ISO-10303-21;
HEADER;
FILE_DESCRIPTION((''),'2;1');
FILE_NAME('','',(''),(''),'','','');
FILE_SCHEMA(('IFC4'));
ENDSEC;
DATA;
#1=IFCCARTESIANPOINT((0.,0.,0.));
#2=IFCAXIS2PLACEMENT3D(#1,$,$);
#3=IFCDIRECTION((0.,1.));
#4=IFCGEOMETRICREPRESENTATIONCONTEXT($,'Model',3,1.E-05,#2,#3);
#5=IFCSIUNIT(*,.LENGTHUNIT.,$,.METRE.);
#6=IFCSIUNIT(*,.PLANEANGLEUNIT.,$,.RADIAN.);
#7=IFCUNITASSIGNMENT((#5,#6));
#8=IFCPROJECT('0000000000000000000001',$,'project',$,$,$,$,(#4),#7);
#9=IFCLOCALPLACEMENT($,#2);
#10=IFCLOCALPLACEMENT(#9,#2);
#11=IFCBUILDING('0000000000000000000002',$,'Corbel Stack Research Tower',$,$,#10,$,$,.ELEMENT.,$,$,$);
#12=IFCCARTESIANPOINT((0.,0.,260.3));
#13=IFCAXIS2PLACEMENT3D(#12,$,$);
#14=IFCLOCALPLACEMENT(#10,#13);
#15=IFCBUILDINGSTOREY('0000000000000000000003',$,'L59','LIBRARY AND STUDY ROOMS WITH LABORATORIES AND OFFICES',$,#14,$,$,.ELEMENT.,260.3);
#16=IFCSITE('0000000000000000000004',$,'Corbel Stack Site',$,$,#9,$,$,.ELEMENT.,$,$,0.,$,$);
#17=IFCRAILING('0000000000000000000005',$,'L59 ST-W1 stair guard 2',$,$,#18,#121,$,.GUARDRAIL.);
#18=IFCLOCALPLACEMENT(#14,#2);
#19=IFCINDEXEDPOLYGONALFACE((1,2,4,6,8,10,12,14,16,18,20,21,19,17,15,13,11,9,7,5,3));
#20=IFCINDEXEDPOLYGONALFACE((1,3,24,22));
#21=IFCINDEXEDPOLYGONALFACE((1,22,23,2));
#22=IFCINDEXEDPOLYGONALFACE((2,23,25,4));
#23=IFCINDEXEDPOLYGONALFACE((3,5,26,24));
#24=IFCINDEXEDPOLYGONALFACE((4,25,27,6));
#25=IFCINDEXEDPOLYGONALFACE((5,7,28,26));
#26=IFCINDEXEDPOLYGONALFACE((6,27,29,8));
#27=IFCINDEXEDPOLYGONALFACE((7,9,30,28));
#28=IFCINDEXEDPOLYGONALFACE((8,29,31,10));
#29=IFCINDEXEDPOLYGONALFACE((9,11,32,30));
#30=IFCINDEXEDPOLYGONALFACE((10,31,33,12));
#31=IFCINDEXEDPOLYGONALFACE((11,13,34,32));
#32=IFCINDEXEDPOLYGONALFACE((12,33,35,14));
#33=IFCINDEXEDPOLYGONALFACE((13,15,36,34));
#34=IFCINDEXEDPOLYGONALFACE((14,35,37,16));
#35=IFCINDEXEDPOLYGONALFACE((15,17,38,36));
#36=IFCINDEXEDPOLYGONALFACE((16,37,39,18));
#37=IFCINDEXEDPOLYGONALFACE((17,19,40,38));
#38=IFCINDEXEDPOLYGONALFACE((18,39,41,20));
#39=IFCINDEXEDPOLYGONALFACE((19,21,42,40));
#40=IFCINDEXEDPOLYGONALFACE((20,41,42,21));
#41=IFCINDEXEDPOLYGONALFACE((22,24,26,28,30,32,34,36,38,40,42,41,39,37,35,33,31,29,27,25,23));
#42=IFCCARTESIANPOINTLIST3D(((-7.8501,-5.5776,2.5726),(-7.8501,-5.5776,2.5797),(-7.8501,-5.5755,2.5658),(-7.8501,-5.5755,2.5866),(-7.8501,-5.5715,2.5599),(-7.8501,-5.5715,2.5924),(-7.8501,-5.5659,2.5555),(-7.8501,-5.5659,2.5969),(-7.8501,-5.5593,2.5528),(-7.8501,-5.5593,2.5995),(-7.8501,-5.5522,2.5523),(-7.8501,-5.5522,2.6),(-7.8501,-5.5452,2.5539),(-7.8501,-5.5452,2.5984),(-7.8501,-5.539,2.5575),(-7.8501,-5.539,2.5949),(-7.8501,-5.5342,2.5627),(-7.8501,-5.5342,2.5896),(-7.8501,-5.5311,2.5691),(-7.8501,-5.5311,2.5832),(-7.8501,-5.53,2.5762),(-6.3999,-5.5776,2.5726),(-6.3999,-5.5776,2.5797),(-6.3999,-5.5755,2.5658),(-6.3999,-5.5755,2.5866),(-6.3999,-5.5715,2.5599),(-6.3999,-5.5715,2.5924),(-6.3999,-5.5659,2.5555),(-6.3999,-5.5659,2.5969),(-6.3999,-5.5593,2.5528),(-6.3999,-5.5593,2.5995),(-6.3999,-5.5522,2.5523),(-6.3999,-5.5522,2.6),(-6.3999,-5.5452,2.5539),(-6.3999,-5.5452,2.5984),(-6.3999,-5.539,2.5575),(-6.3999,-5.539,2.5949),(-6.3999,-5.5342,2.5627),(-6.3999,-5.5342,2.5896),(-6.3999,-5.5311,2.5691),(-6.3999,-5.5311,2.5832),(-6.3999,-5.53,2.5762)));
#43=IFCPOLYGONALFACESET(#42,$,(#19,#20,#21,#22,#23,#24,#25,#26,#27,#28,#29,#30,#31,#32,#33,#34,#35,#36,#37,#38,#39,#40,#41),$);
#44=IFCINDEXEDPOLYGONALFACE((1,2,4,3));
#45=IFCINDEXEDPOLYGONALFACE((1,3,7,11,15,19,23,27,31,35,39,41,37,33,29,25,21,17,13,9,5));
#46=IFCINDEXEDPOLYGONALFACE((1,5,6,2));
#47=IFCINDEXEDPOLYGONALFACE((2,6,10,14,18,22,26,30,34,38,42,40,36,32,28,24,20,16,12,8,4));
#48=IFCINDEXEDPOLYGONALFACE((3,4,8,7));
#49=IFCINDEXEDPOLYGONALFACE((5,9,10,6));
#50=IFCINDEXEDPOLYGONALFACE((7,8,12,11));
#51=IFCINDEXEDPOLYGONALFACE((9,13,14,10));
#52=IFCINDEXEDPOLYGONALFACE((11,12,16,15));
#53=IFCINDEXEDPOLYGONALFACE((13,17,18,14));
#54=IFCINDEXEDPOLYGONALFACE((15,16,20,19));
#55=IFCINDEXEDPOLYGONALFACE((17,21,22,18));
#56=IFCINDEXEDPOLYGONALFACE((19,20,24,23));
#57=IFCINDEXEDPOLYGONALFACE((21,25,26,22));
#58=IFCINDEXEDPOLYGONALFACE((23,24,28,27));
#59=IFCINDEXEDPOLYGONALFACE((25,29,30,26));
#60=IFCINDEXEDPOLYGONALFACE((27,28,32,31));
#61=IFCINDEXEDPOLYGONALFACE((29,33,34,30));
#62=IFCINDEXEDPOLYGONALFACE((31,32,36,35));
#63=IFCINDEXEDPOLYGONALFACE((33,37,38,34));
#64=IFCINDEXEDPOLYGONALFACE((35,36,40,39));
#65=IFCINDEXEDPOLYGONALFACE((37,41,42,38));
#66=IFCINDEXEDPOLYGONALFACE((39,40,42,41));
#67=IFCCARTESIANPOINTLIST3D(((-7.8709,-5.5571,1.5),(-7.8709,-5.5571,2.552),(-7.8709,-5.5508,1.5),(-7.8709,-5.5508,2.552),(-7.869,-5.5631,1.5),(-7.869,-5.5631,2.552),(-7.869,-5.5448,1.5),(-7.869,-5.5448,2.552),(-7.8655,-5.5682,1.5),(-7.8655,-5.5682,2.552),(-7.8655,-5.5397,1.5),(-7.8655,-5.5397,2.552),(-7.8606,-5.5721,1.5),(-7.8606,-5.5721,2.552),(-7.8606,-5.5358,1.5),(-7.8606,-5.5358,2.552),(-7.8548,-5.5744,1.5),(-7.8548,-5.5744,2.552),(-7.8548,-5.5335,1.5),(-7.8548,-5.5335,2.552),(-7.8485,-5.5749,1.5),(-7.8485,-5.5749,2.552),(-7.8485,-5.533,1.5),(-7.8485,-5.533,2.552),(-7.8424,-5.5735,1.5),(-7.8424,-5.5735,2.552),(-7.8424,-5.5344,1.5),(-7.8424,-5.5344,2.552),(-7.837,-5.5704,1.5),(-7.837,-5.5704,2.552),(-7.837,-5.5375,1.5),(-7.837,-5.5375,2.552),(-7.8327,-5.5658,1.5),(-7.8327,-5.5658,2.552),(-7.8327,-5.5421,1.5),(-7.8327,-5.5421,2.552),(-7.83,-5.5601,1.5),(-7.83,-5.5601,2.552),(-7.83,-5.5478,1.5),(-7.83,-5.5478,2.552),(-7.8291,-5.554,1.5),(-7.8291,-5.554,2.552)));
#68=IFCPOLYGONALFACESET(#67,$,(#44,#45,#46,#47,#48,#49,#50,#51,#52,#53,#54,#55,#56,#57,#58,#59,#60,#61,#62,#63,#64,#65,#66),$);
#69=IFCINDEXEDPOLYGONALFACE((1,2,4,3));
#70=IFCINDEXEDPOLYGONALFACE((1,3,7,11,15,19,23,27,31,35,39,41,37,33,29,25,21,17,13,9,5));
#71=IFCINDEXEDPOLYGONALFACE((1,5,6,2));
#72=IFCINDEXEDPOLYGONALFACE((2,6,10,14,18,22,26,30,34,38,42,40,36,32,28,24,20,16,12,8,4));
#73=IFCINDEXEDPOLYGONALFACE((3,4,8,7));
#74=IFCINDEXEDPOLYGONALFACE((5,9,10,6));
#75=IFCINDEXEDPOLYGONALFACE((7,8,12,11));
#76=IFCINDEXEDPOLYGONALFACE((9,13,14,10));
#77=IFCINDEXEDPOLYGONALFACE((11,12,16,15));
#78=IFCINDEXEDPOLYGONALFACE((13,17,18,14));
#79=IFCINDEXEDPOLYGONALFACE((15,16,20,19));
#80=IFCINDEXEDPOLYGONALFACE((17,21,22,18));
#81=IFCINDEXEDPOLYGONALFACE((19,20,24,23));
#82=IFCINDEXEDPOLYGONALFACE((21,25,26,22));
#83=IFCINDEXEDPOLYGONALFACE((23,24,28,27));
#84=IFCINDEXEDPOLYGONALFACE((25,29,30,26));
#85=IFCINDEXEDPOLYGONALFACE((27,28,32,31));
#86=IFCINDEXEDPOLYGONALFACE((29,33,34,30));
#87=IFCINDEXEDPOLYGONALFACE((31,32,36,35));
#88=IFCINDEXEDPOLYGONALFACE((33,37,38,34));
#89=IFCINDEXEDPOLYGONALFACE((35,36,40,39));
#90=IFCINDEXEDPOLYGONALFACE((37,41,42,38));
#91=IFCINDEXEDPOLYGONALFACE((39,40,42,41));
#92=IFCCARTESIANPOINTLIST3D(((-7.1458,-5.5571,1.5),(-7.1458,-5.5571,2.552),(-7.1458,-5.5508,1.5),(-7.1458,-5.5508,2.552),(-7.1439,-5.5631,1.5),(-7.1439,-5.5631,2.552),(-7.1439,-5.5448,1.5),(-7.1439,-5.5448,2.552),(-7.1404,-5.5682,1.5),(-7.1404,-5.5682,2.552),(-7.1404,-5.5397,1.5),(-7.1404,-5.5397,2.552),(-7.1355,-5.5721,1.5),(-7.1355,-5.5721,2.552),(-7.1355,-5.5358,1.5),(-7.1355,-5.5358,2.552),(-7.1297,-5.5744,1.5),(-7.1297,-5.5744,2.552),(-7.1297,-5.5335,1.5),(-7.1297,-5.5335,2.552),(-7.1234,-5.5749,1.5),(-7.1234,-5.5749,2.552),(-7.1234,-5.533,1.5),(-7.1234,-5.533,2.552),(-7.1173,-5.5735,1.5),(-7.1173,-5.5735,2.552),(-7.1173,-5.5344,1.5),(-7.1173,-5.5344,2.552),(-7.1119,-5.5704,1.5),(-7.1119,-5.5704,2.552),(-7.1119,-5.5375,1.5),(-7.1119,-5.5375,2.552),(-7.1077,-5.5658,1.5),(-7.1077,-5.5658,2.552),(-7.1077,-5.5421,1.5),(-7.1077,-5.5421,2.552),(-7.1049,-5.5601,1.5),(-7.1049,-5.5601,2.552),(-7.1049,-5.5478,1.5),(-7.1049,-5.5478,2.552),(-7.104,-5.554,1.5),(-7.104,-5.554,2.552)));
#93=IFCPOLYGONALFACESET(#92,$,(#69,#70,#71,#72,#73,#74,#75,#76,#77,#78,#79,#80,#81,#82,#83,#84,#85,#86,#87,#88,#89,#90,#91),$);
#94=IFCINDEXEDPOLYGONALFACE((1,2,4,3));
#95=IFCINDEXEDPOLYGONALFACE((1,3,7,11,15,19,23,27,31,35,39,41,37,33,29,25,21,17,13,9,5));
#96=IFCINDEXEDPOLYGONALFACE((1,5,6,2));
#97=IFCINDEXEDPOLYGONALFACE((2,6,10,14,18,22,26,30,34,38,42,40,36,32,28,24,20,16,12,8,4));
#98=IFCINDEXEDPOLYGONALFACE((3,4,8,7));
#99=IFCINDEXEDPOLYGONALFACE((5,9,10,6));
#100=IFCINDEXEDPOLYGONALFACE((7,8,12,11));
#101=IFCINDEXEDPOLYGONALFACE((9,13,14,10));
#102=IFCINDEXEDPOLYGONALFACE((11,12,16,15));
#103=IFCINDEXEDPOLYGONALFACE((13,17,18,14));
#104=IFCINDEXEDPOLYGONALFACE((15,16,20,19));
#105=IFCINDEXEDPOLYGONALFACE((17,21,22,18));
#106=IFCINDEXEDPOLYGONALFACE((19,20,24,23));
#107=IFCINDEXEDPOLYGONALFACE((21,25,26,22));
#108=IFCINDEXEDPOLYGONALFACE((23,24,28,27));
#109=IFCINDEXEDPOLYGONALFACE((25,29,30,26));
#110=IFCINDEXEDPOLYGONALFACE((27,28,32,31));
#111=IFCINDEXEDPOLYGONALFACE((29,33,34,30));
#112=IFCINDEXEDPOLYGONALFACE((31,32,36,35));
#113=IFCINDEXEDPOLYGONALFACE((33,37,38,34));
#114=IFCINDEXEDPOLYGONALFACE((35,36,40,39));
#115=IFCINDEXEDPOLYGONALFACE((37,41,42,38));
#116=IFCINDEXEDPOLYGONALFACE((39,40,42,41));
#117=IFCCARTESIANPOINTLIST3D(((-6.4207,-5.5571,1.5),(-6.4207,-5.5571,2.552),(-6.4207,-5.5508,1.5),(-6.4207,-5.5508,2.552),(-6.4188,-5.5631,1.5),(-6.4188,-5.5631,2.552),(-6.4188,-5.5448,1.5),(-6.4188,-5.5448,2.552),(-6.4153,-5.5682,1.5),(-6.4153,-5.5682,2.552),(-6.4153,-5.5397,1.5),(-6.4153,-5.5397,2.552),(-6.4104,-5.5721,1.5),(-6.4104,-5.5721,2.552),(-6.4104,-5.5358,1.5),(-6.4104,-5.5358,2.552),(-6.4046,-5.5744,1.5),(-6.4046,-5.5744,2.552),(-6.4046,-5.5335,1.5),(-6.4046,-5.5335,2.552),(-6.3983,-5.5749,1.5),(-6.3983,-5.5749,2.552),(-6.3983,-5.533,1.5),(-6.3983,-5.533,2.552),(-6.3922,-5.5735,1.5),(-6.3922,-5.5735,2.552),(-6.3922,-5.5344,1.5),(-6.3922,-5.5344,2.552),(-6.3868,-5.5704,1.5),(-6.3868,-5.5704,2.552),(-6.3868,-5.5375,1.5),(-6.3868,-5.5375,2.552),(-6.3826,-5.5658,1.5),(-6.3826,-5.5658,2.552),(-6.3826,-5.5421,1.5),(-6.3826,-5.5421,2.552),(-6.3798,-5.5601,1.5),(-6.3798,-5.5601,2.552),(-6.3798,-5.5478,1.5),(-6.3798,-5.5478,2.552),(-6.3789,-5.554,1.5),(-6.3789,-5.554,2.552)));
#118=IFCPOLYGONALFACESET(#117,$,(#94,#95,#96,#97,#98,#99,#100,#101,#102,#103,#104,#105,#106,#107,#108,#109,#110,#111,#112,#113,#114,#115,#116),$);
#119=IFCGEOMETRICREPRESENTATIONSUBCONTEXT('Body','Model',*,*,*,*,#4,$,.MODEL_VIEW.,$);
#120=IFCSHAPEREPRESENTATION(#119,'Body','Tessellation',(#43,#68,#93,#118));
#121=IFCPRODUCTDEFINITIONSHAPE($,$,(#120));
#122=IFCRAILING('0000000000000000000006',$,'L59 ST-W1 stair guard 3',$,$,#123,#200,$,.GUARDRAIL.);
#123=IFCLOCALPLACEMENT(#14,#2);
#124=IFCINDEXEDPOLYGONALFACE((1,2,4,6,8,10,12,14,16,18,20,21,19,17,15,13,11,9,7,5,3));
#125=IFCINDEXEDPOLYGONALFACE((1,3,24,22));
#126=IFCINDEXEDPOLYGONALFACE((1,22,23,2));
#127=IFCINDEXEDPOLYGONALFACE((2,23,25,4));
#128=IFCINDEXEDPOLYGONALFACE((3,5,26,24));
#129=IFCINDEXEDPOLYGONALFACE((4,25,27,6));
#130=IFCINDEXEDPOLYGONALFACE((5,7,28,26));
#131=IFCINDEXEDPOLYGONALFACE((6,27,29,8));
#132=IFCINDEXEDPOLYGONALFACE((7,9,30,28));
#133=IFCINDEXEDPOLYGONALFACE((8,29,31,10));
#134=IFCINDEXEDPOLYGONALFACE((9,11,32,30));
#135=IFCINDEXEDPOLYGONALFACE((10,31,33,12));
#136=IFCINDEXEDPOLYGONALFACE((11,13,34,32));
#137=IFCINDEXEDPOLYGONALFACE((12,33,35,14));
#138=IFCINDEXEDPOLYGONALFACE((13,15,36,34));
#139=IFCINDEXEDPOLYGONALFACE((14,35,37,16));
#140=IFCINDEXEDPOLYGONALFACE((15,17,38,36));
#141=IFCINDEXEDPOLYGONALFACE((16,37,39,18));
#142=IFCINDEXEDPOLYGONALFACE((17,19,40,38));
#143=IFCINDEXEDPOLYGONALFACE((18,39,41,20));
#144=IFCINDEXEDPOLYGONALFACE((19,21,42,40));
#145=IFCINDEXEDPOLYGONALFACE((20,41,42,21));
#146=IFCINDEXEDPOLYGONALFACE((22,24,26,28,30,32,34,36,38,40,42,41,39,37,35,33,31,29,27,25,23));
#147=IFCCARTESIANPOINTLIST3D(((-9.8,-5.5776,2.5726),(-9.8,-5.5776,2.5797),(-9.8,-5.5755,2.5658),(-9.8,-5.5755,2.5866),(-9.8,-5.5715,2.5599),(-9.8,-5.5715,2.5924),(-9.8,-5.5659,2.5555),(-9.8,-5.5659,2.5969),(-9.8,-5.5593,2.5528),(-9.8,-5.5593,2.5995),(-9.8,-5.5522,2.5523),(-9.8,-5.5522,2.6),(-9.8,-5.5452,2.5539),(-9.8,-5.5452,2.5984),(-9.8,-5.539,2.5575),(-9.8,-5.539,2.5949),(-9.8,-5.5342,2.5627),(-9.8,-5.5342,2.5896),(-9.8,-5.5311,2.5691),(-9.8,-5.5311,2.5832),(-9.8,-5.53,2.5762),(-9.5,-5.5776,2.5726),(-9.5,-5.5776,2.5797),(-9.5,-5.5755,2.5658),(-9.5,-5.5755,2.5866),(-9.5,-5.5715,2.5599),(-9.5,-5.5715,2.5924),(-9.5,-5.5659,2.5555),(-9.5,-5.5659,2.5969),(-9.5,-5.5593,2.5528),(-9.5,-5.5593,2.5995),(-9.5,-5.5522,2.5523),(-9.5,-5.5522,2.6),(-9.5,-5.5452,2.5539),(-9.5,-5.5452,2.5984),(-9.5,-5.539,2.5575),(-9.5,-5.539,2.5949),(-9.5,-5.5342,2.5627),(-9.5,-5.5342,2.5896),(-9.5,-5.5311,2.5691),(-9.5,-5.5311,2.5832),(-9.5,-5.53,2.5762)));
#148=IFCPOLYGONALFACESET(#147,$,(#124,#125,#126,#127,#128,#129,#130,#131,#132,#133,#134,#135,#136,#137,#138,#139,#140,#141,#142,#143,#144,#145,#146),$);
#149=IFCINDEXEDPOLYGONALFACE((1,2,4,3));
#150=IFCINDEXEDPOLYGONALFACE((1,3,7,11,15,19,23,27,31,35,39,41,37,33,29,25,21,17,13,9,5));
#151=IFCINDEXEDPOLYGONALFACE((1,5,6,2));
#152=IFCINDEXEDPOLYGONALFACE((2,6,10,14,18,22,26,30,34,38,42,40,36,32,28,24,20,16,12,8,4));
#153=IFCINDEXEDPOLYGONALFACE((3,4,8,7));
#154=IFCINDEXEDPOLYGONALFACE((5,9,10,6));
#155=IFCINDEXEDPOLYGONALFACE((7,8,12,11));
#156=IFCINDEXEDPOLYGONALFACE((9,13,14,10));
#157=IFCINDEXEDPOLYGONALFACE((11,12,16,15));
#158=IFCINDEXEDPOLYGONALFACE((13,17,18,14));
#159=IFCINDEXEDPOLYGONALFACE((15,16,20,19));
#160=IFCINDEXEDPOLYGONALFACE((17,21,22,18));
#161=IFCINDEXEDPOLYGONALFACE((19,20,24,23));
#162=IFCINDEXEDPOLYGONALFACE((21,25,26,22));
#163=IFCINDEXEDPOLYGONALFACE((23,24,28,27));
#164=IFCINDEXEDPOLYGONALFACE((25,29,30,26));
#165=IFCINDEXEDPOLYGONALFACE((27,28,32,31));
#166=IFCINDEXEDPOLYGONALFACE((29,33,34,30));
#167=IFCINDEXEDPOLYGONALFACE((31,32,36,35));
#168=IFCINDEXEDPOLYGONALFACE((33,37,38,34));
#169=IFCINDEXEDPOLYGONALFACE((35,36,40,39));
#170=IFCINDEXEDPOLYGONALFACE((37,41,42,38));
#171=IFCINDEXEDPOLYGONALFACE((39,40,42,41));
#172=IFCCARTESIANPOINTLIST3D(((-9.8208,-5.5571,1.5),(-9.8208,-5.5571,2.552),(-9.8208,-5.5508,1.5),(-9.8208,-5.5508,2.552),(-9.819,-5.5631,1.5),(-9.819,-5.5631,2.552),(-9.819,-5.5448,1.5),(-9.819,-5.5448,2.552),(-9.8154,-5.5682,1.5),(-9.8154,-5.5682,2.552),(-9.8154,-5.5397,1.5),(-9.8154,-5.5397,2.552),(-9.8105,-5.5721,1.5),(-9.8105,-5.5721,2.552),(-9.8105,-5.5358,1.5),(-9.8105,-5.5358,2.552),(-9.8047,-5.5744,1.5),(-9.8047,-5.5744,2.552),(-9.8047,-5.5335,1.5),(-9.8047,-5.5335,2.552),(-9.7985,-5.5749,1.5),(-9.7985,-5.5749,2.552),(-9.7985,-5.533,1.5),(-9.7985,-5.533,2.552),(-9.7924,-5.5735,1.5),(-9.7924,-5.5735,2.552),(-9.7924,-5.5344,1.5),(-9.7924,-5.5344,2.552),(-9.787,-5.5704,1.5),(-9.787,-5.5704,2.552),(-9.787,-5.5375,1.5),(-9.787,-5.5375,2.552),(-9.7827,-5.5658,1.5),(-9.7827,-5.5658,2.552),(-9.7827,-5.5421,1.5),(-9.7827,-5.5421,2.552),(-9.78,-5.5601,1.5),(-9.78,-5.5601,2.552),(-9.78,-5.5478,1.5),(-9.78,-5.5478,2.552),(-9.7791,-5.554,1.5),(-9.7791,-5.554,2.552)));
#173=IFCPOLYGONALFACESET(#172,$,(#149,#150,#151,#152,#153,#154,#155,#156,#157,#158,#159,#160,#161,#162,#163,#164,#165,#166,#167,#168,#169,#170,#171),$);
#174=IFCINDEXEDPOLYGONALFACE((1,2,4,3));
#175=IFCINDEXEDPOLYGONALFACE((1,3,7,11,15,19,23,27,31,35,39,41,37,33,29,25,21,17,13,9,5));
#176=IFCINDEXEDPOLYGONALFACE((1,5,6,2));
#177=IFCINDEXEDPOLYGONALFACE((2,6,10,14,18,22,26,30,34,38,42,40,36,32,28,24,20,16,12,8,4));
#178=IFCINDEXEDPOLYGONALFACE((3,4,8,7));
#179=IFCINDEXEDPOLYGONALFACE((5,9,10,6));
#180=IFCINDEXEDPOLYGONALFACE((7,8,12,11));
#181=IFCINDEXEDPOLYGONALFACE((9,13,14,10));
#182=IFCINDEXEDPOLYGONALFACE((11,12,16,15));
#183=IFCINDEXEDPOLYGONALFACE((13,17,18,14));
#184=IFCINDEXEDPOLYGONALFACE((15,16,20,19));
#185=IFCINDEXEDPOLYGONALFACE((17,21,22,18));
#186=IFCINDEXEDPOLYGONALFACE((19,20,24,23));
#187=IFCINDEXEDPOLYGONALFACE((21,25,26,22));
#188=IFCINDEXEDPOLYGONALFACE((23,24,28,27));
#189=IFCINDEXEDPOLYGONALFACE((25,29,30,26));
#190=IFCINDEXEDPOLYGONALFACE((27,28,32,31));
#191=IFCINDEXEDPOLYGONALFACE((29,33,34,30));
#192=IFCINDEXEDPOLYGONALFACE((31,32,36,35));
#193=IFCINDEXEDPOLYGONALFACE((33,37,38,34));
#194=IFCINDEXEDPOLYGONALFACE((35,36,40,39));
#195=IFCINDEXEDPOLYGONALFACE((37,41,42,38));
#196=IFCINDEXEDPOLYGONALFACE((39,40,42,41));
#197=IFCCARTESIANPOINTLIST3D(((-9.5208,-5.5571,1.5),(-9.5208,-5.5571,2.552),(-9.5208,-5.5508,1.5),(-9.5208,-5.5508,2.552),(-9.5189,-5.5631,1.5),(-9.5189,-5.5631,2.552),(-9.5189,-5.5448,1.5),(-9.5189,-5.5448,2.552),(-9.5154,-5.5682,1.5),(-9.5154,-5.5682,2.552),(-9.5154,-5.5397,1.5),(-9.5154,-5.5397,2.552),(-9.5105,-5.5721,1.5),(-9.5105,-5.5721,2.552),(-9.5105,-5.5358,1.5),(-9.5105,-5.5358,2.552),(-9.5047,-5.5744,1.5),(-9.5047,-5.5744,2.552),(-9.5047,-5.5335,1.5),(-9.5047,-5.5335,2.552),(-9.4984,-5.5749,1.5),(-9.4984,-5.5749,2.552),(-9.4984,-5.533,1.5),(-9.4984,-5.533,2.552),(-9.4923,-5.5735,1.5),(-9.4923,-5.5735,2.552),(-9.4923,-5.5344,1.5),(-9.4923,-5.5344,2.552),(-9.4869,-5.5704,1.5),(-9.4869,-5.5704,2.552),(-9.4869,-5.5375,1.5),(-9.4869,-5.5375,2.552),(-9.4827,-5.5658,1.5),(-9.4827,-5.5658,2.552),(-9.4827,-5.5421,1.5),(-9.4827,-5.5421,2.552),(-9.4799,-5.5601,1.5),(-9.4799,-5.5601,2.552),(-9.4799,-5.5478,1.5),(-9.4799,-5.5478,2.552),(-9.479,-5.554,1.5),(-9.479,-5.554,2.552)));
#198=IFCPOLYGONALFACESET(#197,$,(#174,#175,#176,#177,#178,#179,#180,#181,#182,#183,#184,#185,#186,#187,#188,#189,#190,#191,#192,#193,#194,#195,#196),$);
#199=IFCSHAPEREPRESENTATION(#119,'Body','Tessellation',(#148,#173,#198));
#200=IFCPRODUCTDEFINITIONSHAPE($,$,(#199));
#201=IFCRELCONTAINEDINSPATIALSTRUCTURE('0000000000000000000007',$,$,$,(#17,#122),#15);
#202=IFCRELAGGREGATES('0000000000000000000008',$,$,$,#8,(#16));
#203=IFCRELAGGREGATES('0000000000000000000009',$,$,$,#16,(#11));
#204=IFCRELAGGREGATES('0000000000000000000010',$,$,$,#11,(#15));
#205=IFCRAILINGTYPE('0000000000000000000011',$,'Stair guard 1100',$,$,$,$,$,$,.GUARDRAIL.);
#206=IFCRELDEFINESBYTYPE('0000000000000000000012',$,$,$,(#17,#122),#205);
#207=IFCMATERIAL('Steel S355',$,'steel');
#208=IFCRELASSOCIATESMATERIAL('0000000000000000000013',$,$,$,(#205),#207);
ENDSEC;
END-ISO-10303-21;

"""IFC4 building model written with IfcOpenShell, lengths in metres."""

from ifc_helpers import new_model, si_unit, direction, frame, origin, origin_2d, place, context, subcontext, project, spatial, circle, extrude, material, type_object, element, save


model = new_model("IFC4")

# Units and contexts
model_context = context("Model", 3, precision=1e-05, world=origin(), true_north=direction((0.0, 1.0)))
body_context = subcontext(model_context, "Body", "Model", "MODEL_VIEW")
ifc_project = project(units=[si_unit("LENGTHUNIT", "METRE"), si_unit("PLANEANGLEUNIT", "RADIAN")], contexts=[model_context])

# Site, building, storey
site_placement = place(None, origin())
site = spatial("IfcSite", under=ifc_project, at=site_placement, Name="Corbel Stack Site", CompositionType="ELEMENT", RefElevation=0.0)
building_placement = place(site_placement, origin())
building = spatial("IfcBuilding", under=site, at=building_placement, Name="Corbel Stack Research Tower", CompositionType="ELEMENT")
storey_placement = place(building_placement, frame((0.0, 0.0, 260.3)))
storey = spatial("IfcBuildingStorey", under=building, at=storey_placement, Name="L59", Description="LIBRARY AND STUDY ROOMS WITH LABORATORIES AND OFFICES", CompositionType="ELEMENT", Elevation=260.3)

# Railings
ifc_material_1 = material(Name="Steel S355", Category="steel")
railing_type = type_object("IfcRailingType", Name="Stair guard 1100", PredefinedType="GUARDRAIL", material=ifc_material_1)
railing_1_placement = place(storey_placement, frame((-7.8501, -5.554, 1.5)))
element("IfcRailing", 1, at=railing_1_placement, inside=storey, type_object=railing_type, Name="L59 ST-W1 stair guard 2", PredefinedType="GUARDRAIL", context=body_context, shape_type="SweptSolid", body=[
    extrude(circle(Radius=0.0239, at=origin_2d()), frame((0.0, 0.0, 1.0762), z_axis=(1.0, 0.0, 0.0), x_axis=(0.0, 1.0, 0.0)), (0.0, 0.0, 1.0), 1.4502),
    extrude(circle(Radius=0.021, at=origin_2d()), origin(), (0.0, 0.0, 1.0), 1.052),
    extrude(circle(Radius=0.021, at=origin_2d()), frame((0.7251, 0.0, 0.0)), (0.0, 0.0, 1.0), 1.052),
    extrude(circle(Radius=0.021, at=origin_2d()), frame((1.4502, 0.0, 0.0)), (0.0, 0.0, 1.0), 1.052),
])
railing_2_placement = place(storey_placement, frame((-9.8, -5.554, 1.5)))
element("IfcRailing", 2, at=railing_2_placement, inside=storey, type_object=railing_type, Name="L59 ST-W1 stair guard 3", PredefinedType="GUARDRAIL", context=body_context, shape_type="SweptSolid", body=[
    extrude(circle(Radius=0.0239, at=origin_2d()), frame((0.0, 0.0, 1.0762), z_axis=(1.0, 0.0, 0.0), x_axis=(0.0, 1.0, 0.0)), (0.0, 0.0, 1.0), 0.3),
    extrude(circle(Radius=0.021, at=origin_2d()), origin(), (0.0, 0.0, 1.0), 1.052),
    extrude(circle(Radius=0.021, at=origin_2d()), frame((0.3, 0.0, 0.0)), (0.0, 0.0, 1.0), 1.052),
])

save(model, "model.ifc")
